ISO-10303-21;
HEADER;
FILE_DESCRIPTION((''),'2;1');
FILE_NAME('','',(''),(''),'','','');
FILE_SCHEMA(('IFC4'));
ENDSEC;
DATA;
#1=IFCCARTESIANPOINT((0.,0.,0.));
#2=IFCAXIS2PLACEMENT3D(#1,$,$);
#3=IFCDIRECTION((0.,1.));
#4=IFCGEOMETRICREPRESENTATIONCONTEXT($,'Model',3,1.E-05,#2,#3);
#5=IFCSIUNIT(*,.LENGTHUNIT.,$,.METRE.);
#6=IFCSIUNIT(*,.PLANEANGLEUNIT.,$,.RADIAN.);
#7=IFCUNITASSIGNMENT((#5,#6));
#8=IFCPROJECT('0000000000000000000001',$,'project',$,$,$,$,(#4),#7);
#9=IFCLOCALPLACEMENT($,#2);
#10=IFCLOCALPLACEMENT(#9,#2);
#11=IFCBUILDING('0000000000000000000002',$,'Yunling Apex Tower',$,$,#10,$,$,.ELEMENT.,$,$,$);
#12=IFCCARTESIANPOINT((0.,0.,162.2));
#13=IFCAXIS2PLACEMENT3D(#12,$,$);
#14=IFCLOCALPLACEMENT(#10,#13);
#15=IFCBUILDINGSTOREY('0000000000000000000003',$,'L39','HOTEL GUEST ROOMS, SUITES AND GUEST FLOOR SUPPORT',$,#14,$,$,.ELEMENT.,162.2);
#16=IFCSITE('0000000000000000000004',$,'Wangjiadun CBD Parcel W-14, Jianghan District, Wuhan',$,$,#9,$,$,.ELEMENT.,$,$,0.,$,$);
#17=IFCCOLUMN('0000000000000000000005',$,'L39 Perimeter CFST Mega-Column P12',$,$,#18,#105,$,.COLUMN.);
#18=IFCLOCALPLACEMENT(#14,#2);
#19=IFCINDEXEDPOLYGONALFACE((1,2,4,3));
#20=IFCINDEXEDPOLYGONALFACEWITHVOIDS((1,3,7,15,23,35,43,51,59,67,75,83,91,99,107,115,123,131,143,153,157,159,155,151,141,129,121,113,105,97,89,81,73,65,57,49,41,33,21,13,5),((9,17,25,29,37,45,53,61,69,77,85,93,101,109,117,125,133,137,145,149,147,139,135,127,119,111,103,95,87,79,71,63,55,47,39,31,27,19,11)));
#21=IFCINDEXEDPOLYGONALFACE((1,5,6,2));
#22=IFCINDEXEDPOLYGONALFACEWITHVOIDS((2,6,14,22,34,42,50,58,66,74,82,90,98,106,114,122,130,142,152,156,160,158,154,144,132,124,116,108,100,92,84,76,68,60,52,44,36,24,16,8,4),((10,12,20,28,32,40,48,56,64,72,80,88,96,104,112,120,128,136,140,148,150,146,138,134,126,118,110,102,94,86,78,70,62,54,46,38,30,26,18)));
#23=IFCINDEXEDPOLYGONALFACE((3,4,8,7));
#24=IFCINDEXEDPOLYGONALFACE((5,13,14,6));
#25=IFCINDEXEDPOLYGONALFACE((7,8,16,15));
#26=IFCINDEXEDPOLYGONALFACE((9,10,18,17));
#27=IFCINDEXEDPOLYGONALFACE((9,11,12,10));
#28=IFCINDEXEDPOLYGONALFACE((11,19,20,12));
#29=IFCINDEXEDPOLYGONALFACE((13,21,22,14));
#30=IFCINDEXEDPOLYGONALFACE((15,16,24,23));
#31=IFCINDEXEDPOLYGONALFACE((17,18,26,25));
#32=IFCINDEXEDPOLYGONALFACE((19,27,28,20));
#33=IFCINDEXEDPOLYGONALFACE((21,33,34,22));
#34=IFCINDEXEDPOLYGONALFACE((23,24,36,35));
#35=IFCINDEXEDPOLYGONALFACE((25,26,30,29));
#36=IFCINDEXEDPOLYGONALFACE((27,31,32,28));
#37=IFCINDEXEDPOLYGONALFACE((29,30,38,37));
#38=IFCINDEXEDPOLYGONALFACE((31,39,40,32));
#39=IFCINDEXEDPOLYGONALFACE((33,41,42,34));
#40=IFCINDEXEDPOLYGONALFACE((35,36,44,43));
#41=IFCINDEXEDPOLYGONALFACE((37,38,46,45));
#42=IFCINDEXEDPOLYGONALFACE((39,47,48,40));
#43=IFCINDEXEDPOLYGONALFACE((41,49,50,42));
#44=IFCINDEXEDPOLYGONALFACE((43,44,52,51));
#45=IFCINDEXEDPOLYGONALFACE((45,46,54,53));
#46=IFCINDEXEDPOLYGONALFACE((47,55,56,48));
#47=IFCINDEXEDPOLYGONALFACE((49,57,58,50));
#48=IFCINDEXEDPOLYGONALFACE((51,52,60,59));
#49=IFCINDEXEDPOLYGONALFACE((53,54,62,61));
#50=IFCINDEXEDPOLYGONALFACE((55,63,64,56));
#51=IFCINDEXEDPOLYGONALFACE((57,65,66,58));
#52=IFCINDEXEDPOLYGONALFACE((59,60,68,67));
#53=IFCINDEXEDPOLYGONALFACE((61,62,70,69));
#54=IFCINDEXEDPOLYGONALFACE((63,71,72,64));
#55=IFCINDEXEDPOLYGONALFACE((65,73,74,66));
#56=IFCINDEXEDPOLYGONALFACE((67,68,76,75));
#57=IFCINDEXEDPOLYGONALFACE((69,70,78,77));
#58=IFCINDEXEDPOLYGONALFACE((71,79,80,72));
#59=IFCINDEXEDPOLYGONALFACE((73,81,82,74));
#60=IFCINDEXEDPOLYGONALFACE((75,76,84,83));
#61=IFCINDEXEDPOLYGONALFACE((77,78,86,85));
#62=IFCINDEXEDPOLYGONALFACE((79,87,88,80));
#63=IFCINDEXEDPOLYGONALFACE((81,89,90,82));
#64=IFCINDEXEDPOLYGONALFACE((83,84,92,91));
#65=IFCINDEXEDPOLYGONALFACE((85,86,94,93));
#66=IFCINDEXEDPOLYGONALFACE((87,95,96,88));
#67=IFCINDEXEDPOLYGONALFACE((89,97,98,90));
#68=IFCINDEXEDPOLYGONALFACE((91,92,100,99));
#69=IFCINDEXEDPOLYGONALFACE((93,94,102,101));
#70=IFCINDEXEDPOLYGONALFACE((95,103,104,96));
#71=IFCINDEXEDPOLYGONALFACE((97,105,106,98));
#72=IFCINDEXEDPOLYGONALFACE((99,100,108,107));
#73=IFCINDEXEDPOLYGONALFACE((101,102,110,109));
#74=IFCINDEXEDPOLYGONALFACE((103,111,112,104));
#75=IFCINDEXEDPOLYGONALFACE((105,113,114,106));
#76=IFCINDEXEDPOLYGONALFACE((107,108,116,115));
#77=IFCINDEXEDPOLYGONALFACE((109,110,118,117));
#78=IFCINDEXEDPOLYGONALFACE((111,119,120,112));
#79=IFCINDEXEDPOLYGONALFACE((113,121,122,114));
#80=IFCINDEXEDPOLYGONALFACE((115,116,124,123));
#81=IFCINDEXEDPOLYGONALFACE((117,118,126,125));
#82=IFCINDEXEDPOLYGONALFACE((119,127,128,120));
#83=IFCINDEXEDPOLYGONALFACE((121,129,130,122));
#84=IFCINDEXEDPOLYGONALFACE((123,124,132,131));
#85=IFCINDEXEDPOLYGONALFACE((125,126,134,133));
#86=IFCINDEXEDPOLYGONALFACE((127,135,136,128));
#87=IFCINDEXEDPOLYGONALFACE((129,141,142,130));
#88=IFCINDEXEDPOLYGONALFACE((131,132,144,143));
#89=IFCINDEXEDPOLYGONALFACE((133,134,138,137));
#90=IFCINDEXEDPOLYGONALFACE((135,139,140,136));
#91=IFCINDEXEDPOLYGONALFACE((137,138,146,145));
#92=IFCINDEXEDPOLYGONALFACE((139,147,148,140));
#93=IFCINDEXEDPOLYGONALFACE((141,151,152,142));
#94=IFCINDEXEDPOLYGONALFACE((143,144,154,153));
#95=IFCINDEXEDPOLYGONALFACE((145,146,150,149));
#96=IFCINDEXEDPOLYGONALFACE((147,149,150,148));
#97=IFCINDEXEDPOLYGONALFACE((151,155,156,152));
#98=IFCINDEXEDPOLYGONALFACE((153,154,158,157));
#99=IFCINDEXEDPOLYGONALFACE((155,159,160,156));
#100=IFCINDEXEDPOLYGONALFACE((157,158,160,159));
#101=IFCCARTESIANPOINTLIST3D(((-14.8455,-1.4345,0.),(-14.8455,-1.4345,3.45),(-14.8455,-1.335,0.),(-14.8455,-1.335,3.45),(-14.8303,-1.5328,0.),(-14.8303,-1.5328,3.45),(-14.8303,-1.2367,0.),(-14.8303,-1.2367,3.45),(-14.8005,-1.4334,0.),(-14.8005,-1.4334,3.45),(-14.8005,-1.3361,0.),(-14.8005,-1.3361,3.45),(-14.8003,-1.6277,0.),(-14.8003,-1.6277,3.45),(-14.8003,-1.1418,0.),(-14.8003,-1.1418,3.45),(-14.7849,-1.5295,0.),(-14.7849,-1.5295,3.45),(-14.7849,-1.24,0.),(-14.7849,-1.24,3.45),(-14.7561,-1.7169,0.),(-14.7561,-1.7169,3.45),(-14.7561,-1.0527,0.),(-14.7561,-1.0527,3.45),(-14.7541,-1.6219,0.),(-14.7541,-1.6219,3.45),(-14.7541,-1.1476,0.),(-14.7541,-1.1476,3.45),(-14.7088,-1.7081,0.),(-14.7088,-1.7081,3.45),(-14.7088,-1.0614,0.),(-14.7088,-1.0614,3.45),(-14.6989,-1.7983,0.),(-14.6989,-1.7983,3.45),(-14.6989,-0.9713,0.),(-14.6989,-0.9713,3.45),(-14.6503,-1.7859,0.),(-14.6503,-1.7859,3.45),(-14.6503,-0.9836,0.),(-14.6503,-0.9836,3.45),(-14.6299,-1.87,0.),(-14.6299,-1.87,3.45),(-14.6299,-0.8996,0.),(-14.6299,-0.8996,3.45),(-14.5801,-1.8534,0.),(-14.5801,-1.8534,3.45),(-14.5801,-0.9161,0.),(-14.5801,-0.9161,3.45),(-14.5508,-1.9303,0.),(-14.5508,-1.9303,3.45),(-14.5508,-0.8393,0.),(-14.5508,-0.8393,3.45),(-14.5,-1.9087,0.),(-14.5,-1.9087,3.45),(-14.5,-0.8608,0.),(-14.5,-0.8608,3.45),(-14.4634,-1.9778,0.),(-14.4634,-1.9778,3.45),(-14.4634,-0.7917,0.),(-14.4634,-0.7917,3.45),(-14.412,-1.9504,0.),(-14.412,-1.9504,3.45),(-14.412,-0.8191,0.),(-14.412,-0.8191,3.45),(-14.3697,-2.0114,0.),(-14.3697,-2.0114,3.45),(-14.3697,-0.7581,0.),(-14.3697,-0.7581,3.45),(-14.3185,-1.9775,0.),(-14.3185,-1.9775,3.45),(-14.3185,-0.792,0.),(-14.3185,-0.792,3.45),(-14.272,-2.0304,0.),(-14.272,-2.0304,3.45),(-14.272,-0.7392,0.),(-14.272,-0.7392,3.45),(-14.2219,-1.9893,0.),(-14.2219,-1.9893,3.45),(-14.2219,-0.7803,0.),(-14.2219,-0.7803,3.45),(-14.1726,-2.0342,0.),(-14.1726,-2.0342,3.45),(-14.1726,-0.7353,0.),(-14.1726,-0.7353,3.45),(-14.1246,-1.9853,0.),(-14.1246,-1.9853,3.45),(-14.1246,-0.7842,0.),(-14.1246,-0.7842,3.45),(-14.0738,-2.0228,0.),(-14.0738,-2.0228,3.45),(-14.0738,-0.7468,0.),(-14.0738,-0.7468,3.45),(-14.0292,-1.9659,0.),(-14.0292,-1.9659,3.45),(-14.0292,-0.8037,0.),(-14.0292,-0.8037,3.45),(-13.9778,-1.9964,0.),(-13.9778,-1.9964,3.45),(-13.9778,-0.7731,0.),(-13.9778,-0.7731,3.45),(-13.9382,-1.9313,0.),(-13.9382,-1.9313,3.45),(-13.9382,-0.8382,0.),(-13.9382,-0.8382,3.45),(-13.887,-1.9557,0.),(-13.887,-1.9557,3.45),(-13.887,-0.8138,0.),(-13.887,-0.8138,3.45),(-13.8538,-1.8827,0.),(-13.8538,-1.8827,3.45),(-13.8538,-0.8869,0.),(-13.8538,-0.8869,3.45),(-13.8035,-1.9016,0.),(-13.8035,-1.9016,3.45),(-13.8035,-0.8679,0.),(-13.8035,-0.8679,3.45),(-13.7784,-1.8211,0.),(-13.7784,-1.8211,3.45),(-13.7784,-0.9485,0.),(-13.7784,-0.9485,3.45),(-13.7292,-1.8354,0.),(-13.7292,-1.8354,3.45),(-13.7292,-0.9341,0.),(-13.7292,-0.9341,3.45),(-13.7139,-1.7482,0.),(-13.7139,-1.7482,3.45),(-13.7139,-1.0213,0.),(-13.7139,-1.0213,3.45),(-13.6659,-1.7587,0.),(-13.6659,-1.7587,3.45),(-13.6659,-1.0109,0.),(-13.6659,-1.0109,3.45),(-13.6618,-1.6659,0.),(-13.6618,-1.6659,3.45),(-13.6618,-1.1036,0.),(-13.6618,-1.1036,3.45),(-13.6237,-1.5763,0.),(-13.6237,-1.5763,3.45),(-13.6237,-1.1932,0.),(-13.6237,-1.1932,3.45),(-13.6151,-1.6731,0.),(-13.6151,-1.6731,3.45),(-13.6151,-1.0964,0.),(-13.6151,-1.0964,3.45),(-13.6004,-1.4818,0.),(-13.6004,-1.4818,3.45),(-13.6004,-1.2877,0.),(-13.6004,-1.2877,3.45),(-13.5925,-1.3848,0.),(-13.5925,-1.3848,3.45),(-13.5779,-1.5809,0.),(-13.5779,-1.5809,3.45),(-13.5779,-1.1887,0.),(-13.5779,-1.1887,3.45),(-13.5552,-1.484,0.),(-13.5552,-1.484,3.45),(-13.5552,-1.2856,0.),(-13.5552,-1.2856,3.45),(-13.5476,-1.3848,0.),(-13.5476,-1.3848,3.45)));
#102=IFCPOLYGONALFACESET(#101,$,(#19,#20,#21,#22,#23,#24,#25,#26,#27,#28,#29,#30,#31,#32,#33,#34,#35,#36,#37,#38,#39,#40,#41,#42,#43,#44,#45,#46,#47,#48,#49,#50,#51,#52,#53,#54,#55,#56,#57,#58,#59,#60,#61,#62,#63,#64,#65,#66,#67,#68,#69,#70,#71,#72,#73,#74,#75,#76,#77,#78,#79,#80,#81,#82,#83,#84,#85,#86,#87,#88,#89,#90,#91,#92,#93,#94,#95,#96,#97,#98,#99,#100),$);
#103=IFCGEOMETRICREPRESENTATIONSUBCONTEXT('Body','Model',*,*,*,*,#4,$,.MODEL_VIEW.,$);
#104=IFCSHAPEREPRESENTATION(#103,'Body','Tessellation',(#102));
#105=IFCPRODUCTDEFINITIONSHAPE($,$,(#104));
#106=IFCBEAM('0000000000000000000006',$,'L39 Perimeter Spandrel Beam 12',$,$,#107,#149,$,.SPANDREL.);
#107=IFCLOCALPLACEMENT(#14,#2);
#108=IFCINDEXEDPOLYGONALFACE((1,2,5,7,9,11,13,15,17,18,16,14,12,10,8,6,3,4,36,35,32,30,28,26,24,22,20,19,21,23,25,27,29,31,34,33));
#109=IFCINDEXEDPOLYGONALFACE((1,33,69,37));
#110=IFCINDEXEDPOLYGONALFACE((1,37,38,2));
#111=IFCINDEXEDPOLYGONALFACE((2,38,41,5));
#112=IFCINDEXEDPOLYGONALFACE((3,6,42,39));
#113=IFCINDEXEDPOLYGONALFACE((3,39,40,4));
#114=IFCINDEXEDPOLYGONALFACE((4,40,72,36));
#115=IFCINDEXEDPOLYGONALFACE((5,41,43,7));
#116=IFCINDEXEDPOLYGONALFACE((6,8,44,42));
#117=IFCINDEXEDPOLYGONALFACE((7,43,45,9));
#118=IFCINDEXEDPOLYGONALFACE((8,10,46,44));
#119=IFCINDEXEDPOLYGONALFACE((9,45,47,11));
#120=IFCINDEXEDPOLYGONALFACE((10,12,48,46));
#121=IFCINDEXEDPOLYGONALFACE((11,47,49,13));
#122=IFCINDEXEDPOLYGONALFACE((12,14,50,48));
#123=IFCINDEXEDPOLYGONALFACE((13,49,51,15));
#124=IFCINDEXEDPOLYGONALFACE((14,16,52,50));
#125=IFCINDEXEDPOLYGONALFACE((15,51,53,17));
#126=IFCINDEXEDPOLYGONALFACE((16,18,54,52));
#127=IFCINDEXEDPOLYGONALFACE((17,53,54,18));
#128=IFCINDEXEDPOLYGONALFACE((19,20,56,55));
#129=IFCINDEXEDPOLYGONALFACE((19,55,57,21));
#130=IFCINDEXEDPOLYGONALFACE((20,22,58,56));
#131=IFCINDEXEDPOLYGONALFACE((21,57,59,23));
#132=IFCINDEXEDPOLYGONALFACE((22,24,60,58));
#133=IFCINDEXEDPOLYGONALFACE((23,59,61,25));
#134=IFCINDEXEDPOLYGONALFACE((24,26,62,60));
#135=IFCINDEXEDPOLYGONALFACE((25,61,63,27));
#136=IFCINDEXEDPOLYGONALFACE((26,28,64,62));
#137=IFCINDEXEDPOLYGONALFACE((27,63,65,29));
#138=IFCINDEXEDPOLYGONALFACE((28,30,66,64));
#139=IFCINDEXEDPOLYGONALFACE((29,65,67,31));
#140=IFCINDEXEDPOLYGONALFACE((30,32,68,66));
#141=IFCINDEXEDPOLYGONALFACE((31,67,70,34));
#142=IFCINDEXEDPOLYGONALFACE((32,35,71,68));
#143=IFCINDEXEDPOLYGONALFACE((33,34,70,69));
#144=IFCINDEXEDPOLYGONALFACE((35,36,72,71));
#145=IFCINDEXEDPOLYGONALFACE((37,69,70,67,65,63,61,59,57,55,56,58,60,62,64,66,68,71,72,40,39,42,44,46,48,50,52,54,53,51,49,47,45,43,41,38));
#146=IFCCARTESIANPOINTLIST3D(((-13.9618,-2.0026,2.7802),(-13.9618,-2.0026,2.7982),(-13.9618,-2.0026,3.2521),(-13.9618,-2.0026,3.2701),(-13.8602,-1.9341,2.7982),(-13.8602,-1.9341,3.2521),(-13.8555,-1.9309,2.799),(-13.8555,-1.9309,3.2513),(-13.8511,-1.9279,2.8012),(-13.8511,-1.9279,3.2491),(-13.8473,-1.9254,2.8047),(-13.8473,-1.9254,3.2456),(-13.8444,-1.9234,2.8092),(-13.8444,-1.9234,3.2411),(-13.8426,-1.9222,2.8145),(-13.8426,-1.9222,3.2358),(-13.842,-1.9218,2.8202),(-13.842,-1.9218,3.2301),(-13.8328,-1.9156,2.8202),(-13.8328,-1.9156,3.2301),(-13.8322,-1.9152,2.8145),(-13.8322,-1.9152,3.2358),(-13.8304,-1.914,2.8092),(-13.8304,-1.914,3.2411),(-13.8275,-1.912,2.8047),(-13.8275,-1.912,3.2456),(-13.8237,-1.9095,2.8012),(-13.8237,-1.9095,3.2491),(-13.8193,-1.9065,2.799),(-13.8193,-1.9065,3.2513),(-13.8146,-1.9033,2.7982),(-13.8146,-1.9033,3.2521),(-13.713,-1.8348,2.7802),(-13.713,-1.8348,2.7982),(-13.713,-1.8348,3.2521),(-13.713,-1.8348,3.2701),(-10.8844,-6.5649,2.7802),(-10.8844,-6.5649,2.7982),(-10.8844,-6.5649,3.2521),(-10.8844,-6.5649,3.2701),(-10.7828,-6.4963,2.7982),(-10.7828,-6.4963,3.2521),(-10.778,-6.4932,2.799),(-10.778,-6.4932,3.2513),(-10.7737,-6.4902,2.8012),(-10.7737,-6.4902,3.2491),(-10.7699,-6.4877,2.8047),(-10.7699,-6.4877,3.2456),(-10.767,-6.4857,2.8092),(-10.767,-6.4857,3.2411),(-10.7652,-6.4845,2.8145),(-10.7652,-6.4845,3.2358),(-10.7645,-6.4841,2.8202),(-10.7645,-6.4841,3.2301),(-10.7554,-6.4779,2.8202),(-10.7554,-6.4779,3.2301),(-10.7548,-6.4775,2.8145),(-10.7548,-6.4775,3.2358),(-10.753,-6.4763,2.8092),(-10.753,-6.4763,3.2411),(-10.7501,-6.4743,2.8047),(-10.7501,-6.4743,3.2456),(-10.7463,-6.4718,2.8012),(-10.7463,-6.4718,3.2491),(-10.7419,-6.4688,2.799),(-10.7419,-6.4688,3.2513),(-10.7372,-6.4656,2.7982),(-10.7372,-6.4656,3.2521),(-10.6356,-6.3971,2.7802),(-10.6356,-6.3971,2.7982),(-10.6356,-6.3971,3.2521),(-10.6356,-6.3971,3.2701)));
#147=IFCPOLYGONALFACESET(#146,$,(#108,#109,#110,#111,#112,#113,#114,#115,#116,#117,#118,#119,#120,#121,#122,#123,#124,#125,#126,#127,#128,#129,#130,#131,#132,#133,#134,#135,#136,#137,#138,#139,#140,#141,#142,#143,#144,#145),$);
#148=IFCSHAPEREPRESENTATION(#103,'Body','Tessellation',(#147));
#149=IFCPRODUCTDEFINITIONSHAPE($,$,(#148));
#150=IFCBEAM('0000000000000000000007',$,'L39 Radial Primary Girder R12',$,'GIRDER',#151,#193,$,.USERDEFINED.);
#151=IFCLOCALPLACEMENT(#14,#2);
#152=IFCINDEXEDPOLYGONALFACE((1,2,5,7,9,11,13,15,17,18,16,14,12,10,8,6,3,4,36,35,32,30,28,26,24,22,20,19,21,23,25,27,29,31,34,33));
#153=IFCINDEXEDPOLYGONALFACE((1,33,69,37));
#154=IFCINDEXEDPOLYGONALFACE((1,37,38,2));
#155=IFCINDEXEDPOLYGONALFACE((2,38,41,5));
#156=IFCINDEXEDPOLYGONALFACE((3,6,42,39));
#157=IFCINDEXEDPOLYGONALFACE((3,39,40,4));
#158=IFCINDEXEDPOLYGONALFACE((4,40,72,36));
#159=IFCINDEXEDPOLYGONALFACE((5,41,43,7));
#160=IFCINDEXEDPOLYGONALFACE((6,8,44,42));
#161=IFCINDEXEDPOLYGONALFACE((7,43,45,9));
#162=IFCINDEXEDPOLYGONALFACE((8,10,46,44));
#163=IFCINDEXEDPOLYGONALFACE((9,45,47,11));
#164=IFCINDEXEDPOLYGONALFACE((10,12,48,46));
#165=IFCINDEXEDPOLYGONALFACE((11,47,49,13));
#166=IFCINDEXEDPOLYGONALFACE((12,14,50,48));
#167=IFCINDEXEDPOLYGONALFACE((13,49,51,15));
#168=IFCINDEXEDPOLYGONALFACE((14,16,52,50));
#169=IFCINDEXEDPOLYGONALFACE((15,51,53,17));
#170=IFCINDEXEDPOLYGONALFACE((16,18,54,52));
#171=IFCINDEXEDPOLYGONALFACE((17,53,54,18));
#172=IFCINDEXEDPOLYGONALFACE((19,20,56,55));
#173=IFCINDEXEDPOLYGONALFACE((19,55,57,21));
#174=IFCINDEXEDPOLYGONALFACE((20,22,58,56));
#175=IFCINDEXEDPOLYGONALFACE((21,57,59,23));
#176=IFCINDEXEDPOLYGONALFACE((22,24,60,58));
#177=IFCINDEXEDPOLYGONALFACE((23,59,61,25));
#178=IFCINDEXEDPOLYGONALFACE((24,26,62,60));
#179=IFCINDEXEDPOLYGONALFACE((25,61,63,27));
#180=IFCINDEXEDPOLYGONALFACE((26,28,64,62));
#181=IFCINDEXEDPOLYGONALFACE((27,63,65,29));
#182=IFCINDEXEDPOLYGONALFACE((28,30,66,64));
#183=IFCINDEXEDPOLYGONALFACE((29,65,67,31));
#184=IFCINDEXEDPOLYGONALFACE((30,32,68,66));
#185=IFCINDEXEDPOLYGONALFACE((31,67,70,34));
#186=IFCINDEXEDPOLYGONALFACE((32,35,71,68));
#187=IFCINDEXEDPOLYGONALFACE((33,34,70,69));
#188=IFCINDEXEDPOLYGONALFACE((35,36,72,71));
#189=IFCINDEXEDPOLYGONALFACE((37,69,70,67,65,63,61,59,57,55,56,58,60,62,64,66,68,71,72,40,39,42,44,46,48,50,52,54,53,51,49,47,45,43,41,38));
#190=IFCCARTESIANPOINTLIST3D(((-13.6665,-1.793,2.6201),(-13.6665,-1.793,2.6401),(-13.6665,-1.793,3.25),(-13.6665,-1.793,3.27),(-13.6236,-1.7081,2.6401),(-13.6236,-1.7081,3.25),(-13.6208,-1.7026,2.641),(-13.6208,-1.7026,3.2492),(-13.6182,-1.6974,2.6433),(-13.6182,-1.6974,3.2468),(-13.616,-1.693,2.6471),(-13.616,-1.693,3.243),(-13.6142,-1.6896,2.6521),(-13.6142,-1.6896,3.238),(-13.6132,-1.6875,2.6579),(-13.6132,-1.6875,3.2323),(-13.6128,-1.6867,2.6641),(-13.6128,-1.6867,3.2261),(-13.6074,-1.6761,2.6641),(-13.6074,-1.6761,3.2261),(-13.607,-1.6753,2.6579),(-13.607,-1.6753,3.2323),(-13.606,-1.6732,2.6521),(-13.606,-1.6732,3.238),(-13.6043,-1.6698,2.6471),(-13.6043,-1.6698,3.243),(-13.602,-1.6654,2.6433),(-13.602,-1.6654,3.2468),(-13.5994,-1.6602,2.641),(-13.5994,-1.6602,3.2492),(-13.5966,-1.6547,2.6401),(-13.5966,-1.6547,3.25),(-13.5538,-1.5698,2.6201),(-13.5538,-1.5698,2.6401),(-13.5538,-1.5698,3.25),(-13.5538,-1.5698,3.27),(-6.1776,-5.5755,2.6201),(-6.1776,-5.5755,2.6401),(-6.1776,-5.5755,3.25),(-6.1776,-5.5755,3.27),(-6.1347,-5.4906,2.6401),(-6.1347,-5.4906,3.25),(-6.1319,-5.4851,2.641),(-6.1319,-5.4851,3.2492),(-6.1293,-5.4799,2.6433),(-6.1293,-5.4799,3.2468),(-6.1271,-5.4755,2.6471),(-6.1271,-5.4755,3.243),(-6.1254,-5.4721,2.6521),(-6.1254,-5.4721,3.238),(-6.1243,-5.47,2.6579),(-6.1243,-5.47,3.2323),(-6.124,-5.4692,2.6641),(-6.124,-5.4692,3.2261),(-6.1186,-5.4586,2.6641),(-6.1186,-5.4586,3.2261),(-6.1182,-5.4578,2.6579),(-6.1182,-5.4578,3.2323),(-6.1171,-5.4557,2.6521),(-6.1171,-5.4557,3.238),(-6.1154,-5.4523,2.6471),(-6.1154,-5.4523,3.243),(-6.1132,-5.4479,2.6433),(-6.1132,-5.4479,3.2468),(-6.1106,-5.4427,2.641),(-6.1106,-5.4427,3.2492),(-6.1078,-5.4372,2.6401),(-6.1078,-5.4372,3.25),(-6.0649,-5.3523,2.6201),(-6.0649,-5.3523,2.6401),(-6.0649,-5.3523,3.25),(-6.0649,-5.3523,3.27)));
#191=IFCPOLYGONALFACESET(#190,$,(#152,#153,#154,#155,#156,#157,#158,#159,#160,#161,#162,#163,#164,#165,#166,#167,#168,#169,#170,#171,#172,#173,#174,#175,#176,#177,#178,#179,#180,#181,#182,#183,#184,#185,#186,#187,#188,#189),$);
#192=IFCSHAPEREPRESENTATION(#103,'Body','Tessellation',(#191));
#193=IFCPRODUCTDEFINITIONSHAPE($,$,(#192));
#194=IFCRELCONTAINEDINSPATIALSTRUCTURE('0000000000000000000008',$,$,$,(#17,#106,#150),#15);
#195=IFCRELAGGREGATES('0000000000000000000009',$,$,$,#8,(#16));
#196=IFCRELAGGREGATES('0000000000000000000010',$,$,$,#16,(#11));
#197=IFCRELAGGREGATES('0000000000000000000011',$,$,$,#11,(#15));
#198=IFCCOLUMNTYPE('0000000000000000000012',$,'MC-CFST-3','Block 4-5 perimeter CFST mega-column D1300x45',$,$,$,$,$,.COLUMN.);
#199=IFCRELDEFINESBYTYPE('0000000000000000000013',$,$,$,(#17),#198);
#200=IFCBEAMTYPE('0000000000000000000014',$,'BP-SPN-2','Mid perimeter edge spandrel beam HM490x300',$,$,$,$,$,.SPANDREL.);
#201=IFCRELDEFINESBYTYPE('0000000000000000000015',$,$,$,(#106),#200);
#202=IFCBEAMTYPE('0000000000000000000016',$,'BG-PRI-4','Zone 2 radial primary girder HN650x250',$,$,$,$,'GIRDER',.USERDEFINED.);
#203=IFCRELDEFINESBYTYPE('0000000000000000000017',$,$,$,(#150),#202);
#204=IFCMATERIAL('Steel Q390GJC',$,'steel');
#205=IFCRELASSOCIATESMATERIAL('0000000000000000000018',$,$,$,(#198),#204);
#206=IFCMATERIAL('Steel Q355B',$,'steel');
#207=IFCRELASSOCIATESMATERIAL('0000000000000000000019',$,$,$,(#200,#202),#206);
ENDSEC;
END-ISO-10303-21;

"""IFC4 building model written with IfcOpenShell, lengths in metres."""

from ifc_helpers import new_model, si_unit, direction, frame, origin, origin_2d, place, context, subcontext, project, spatial, hollow_circle, i_section, extrude, source, transform, mapped, material, material_profile, profile_set, type_object, element, save


model = new_model("IFC4")

# Units and contexts
model_context = context("Model", 3, precision=1e-05, world=origin(), true_north=direction((0.0, 1.0)))
body_context = subcontext(model_context, "Body", "Model", "MODEL_VIEW")
ifc_project = project(units=[si_unit("LENGTHUNIT", "METRE"), si_unit("PLANEANGLEUNIT", "RADIAN")], contexts=[model_context])

# Site, building, storey
site_placement = place(None, origin())
site = spatial("IfcSite", under=ifc_project, at=site_placement, Name="Wangjiadun CBD Parcel W-14, Jianghan District, Wuhan", CompositionType="ELEMENT", RefElevation=0.0)
building_placement = place(site_placement, origin())
building = spatial("IfcBuilding", under=site, at=building_placement, Name="Yunling Apex Tower", CompositionType="ELEMENT")
storey_placement = place(building_placement, frame((0.0, 0.0, 162.2)))
storey = spatial("IfcBuildingStorey", under=building, at=storey_placement, Name="L39", Description="HOTEL GUEST ROOMS, SUITES AND GUEST FLOOR SUPPORT", CompositionType="ELEMENT", Elevation=162.2)

# Column
ifc_material_1 = material(Name="Steel Q390GJC", Category="steel")
ifc_material_profile_1 = material_profile(ifc_material_1, hollow_circle(Radius=0.6499, WallThickness=0.0449, at=origin_2d()))
ifc_profile_set_1 = profile_set([ifc_material_profile_1], Name="Steel Q390GJC")
column_type = type_object("IfcColumnType", Name="MC-CFST-3", Description="Block 4-5 perimeter CFST mega-column D1300x45", PredefinedType="COLUMN", material=ifc_profile_set_1)
shared_shape_1 = source(origin(), body_context, "Body", "SweptSolid", [
    extrude(hollow_circle(Radius=0.6499, WallThickness=0.0449, at=origin_2d()), origin(), (0.0, 0.0, 1.0), 3.45),
])
column_placement = place(storey_placement, frame((-14.1975, -1.3848, 0.0), z_axis=(0.0, 0.0, 1.0), x_axis=(1.0, 0.0, 0.0)))
element("IfcColumn", 1, at=column_placement, inside=storey, type_object=column_type, Name="L39 Perimeter CFST Mega-Column P12", PredefinedType="COLUMN", context=body_context, shape_type="MappedRepresentation", body=[
    mapped(shared_shape_1, transform((0.0, 0.0, 0.0), scale=1.0)),
])

# Beams
ifc_material_2 = material(Name="Steel Q355B", Category="steel")
ifc_material_profile_2 = material_profile(ifc_material_2, i_section(OverallWidth=0.3, OverallDepth=0.49, WebThickness=0.011, FlangeThickness=0.0181, FilletRadius=0.022, at=origin_2d()))
ifc_profile_set_2 = profile_set([ifc_material_profile_2], Name="Steel Q355B")
beam_type_1 = type_object("IfcBeamType", Name="BP-SPN-2", Description="Mid perimeter edge spandrel beam HM490x300", PredefinedType="SPANDREL", material=ifc_profile_set_2)
shared_shape_2 = source(origin(), body_context, "Body", "SweptSolid", [
    extrude(i_section(OverallWidth=0.3, OverallDepth=0.49, WebThickness=0.011, FlangeThickness=0.0181, FilletRadius=0.022, at=origin_2d()), origin(), (0.0, 0.0, 1.0), 5.5032),
])
beam_1_placement = place(storey_placement, frame((-13.8374, -1.9187, 3.0251), z_axis=(0.559207, -0.829028, 0.0), x_axis=(0.829028, 0.559207, 0.0)))
element("IfcBeam", 2, at=beam_1_placement, inside=storey, type_object=beam_type_1, Name="L39 Perimeter Spandrel Beam 12", PredefinedType="SPANDREL", context=body_context, shape_type="MappedRepresentation", body=[
    mapped(shared_shape_2, transform((0.0, 0.0, 0.0), scale=1.0)),
])
ifc_material_profile_3 = material_profile(ifc_material_2, i_section(OverallWidth=0.25, OverallDepth=0.6499, WebThickness=0.012, FlangeThickness=0.02, FilletRadius=0.0239, at=origin_2d()))
ifc_profile_set_3 = profile_set([ifc_material_profile_3], Name="Steel Q355B")
beam_type_2 = type_object("IfcBeamType", Name="BG-PRI-4", Description="Zone 2 radial primary girder HN650x250", ElementType="GIRDER", PredefinedType="USERDEFINED", material=ifc_profile_set_3)
shared_shape_3 = source(origin(), body_context, "Body", "SweptSolid", [
    extrude(i_section(OverallWidth=0.25, OverallDepth=0.6499, WebThickness=0.012, FlangeThickness=0.02, FilletRadius=0.0239, at=origin_2d()), origin(), (0.0, 0.0, 1.0), 8.3899),
])
beam_2_placement = place(storey_placement, frame((-13.6101, -1.6814, 2.9451), z_axis=(0.892604, -0.450842, 0.0), x_axis=(0.450842, 0.892604, 0.0)))
element("IfcBeam", 3, at=beam_2_placement, inside=storey, type_object=beam_type_2, Name="L39 Radial Primary Girder R12", ObjectType="GIRDER", PredefinedType="USERDEFINED", context=body_context, shape_type="MappedRepresentation", body=[
    mapped(shared_shape_3, transform((0.0, 0.0, 0.0), scale=1.0)),
])

save(model, "model.ifc")
